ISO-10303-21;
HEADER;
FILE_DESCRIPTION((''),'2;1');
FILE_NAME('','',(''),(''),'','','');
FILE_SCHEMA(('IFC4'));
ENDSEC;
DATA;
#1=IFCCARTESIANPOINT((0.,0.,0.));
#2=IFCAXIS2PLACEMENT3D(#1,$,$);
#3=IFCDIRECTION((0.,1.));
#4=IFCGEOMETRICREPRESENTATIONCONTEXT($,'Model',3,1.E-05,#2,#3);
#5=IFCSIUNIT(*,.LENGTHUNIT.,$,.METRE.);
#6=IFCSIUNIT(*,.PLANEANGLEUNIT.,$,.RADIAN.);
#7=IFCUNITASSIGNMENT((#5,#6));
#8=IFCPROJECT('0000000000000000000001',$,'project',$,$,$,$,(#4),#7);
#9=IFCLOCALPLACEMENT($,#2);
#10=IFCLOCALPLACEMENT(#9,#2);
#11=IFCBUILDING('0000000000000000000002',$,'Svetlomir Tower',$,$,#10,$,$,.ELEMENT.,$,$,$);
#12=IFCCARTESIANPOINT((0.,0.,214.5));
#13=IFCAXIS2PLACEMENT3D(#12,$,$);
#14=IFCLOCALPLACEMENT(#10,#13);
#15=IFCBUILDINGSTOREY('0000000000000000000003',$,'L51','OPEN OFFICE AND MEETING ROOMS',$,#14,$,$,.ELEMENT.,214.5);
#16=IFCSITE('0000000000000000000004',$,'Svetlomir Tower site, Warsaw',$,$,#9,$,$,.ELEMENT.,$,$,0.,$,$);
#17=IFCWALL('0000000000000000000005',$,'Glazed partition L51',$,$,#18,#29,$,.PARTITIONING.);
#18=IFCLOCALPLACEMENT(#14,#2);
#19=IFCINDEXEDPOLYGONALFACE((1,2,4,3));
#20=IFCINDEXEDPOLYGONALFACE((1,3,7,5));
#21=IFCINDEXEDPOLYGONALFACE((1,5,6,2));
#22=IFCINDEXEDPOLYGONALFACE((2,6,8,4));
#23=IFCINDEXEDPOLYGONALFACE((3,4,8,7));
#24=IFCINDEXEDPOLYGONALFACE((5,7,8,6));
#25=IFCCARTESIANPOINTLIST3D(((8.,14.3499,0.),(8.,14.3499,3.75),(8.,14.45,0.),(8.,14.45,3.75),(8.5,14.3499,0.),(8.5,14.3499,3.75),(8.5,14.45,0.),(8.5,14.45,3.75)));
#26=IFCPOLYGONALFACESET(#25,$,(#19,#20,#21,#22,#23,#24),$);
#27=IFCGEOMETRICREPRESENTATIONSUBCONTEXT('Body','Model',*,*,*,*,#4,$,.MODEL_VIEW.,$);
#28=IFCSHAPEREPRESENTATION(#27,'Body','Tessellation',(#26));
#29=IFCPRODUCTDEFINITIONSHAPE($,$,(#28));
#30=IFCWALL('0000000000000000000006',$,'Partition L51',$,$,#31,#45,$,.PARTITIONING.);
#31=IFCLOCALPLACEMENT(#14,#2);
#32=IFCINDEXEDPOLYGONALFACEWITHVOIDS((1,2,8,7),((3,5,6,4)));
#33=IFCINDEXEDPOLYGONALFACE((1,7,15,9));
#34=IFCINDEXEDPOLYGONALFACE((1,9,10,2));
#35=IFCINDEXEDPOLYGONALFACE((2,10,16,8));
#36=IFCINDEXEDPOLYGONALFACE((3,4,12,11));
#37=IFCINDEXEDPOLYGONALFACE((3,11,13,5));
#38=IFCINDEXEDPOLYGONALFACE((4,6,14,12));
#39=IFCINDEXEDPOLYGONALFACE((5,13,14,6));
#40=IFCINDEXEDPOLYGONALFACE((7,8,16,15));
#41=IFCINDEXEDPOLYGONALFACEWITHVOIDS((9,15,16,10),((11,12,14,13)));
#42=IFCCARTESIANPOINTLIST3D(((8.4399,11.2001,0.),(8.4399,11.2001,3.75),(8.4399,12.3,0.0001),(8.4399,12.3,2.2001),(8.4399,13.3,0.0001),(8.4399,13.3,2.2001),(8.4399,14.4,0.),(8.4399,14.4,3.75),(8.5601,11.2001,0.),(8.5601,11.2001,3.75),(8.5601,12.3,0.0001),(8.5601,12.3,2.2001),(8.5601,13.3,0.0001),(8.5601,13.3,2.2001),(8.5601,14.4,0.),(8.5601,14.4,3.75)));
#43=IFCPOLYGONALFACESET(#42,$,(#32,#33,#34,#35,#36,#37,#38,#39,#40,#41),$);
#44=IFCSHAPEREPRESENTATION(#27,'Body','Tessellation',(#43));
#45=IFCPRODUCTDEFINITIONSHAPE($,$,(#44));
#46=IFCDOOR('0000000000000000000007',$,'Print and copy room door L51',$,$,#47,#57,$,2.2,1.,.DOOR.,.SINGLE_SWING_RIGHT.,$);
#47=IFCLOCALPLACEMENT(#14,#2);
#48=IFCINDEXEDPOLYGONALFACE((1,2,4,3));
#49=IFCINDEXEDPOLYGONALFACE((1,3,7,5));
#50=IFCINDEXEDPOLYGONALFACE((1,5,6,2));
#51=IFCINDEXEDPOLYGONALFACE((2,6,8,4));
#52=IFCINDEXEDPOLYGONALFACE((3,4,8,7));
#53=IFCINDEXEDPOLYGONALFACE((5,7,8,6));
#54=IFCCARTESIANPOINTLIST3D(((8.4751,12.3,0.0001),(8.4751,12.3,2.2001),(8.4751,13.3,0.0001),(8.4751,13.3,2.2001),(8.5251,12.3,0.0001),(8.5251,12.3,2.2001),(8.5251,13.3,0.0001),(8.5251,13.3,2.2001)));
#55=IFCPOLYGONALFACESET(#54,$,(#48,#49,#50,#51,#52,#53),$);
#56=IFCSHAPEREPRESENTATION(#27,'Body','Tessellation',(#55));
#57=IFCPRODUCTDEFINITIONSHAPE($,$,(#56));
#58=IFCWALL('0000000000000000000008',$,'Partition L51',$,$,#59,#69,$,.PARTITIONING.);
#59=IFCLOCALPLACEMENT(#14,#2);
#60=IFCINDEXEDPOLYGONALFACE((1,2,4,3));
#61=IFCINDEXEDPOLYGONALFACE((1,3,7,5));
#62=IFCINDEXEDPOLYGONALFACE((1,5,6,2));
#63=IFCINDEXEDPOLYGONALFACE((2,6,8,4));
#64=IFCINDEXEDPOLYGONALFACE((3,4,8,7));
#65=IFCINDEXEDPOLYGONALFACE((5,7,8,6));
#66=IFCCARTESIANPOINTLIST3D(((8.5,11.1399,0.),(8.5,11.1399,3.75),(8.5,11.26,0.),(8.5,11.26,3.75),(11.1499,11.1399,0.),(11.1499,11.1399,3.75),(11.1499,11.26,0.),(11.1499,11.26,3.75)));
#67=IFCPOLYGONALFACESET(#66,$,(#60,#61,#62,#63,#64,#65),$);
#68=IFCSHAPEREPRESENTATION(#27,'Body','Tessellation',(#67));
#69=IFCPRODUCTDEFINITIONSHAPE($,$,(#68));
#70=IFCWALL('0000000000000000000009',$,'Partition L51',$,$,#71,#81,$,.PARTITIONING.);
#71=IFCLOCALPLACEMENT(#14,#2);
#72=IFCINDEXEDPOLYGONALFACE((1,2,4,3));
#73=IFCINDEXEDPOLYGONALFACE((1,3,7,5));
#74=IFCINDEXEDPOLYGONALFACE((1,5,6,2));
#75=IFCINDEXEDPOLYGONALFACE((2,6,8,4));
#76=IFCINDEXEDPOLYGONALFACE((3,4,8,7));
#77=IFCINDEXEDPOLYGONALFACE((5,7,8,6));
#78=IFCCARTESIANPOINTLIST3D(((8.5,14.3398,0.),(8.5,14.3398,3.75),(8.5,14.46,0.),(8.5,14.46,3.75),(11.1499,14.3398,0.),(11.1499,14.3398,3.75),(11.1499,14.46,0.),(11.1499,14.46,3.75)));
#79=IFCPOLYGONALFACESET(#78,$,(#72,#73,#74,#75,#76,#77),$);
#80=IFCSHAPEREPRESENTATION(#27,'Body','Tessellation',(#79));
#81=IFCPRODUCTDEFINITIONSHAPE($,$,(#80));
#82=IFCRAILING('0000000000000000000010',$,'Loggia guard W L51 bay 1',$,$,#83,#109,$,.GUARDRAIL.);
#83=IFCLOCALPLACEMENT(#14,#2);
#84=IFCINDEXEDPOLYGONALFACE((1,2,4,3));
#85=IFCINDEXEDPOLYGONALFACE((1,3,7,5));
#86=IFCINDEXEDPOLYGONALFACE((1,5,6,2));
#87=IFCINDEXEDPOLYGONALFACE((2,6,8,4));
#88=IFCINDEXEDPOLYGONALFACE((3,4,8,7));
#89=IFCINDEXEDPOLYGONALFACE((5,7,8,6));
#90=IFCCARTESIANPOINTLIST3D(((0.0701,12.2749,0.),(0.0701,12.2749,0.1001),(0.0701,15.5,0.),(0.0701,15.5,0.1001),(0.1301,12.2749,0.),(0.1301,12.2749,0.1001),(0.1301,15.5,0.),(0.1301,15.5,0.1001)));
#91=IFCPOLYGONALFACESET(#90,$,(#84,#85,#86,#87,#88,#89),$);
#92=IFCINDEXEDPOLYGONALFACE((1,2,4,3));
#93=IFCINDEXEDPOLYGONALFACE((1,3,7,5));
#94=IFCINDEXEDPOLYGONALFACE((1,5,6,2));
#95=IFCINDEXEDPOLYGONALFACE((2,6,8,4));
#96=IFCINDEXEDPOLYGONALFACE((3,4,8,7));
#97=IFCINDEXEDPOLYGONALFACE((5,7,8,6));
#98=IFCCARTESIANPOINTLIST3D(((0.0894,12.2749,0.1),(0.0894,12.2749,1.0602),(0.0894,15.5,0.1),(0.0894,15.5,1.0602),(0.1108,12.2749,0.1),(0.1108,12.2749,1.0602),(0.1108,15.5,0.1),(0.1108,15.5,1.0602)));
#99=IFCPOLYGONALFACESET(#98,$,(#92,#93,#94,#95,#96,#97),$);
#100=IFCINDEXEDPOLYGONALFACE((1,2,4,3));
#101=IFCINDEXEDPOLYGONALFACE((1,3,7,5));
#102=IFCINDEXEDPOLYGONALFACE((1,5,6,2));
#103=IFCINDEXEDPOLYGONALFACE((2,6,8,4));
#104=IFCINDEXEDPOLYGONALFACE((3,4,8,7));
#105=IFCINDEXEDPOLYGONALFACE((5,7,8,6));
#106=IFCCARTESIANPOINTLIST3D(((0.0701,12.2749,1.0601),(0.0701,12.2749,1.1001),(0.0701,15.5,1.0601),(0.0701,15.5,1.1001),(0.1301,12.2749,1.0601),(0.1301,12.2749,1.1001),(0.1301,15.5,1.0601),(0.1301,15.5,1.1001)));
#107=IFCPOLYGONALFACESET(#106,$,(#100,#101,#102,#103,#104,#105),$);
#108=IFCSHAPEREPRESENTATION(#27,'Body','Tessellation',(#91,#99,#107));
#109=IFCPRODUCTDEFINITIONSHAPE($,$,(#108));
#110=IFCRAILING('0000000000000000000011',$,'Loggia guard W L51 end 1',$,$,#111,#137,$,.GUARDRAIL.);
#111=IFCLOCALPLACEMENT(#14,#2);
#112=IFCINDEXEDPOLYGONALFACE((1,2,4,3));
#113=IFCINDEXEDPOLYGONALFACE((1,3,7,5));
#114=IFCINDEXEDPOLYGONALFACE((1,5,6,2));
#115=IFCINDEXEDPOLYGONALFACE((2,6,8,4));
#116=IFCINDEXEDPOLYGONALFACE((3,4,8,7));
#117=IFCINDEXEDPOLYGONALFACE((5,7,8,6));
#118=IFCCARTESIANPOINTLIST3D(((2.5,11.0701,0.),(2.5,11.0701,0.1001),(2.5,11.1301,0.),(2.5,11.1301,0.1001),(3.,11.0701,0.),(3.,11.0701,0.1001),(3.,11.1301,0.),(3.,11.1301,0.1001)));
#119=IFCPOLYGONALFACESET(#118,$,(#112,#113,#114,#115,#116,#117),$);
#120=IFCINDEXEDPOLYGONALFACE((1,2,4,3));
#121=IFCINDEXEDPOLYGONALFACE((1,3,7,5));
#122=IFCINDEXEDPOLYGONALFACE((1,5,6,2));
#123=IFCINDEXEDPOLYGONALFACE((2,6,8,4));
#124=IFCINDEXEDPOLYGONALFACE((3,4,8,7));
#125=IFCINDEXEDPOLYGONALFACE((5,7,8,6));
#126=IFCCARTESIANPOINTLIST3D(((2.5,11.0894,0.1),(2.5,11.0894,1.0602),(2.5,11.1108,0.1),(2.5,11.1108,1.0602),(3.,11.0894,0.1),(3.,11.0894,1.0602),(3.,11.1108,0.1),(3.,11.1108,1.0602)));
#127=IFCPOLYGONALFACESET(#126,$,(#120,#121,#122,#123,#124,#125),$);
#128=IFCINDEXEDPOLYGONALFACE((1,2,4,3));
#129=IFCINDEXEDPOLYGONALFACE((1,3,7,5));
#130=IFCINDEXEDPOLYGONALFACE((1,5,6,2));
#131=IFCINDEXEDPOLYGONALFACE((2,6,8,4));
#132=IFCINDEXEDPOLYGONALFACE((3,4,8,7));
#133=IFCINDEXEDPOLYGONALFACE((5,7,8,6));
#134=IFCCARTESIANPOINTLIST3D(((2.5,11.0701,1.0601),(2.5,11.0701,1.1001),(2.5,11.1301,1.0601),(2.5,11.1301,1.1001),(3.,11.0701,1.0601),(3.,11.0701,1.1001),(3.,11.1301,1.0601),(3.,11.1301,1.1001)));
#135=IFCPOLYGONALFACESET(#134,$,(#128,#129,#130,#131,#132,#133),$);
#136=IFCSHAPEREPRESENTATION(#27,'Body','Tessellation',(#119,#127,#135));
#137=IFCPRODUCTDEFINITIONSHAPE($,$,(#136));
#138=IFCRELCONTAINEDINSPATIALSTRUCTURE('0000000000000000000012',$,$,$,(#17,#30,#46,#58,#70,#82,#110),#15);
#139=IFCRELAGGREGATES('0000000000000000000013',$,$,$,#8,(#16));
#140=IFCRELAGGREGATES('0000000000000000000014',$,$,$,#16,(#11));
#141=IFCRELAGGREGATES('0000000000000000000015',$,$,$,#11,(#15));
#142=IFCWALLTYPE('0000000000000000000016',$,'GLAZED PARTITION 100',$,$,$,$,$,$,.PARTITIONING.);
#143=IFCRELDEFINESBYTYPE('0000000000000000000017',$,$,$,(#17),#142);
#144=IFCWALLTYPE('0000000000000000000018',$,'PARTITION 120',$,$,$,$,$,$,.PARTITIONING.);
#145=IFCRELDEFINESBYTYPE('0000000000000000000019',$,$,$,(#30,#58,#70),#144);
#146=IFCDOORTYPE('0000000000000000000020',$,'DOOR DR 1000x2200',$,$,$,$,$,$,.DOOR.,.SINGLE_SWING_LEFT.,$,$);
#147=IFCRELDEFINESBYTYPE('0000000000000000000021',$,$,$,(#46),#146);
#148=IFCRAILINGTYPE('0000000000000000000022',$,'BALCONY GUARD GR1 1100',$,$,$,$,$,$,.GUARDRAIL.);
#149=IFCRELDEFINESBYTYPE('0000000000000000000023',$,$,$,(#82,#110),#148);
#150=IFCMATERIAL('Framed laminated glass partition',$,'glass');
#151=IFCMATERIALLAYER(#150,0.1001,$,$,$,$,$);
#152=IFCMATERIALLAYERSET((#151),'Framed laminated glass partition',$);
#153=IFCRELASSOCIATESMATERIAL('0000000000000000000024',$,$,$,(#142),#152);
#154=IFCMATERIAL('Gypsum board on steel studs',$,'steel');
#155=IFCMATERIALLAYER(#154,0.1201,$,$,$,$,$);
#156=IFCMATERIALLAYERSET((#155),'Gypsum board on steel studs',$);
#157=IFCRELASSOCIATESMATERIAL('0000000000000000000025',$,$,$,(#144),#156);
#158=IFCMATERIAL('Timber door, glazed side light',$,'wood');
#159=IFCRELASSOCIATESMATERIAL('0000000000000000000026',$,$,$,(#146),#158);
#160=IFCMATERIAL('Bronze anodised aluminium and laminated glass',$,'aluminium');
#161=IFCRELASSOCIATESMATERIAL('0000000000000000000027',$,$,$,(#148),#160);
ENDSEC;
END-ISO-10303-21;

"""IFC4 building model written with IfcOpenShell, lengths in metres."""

from ifc_helpers import new_model, si_unit, direction, frame, frame_2d, origin, origin_2d, place, context, subcontext, project, spatial, rectangle, extrude, material, layer, layer_set, type_object, element, fill, save


model = new_model("IFC4")

# Units and contexts
model_context = context("Model", 3, precision=1e-05, world=origin(), true_north=direction((0.0, 1.0)))
body_context = subcontext(model_context, "Body", "Model", "MODEL_VIEW")
ifc_project = project(units=[si_unit("LENGTHUNIT", "METRE"), si_unit("PLANEANGLEUNIT", "RADIAN")], contexts=[model_context])

# Site, building, storey
site_placement = place(None, origin())
site = spatial("IfcSite", under=ifc_project, at=site_placement, Name="Svetlomir Tower site, Warsaw", CompositionType="ELEMENT", RefElevation=0.0)
building_placement = place(site_placement, origin())
building = spatial("IfcBuilding", under=site, at=building_placement, Name="Svetlomir Tower", CompositionType="ELEMENT")
storey_placement = place(building_placement, frame((0.0, 0.0, 214.5)))
storey = spatial("IfcBuildingStorey", under=building, at=storey_placement, Name="L51", Description="OPEN OFFICE AND MEETING ROOMS", CompositionType="ELEMENT", Elevation=214.5)

# Shared definitions
ifc_material_1 = material(Name="Framed laminated glass partition", Category="glass")
ifc_layer_1 = layer(ifc_material_1, 0.1001)
ifc_layer_set_1 = layer_set([ifc_layer_1], Name="Framed laminated glass partition")
wall_type_1 = type_object("IfcWallType", Name="GLAZED PARTITION 100", PredefinedType="PARTITIONING", material=ifc_layer_set_1)

# Wall
wall_1_placement = place(storey_placement, frame((8.0, 14.3999, 0.0), z_axis=(0.0, 0.0, 1.0), x_axis=(1.0, 0.0, 0.0)))
element("IfcWall", 1, at=wall_1_placement, inside=storey, type_object=wall_type_1, Name="Glazed partition L51", PredefinedType="PARTITIONING", context=body_context, shape_type="SweptSolid", body=[
    extrude(rectangle(XDim=0.5, YDim=0.1001, at=frame_2d((0.25, 0.0))), origin(), (0.0, 0.0, 1.0), 3.75),
])

# Wall, opening, door
ifc_material_2 = material(Name="Gypsum board on steel studs", Category="steel")
ifc_layer_2 = layer(ifc_material_2, 0.1201)
ifc_layer_set_2 = layer_set([ifc_layer_2], Name="Gypsum board on steel studs")
wall_type_2 = type_object("IfcWallType", Name="PARTITION 120", PredefinedType="PARTITIONING", material=ifc_layer_set_2)
wall_2_placement = place(storey_placement, frame((8.5, 11.2, 0.0), z_axis=(0.0, 0.0, 1.0), x_axis=(0.0, 1.0, 0.0)))
wall_2 = element("IfcWall", 2, at=wall_2_placement, inside=storey, type_object=wall_type_2, Name="Partition L51", PredefinedType="PARTITIONING", context=body_context, shape_type="SweptSolid", body=[
    extrude(rectangle(XDim=3.2, YDim=0.1201, at=frame_2d((1.6001, 0.0))), origin(), (0.0, 0.0, 1.0), 3.75),
])
opening_1_placement = place(wall_2_placement, frame((1.1001, 0.0, 0.0)))
opening_1 = element("IfcOpeningElement", 3, at=opening_1_placement, cuts=wall_2, PredefinedType="OPENING", context=body_context, shape_type="SweptSolid", body=[
    extrude(rectangle(XDim=1.0, YDim=2.2, at=frame_2d((0.5, 1.1001))), frame((0.0, 0.0701, 0.0), z_axis=(0.0, -1.0, 0.0), x_axis=(1.0, 0.0, 0.0)), (0.0, 0.0, 1.0), 0.1401),
])
ifc_material_3 = material(Name="Timber door, glazed side light", Category="wood")
door_type_1 = type_object("IfcDoorType", Name="DOOR DR 1000x2200", OperationType="SINGLE_SWING_LEFT", PredefinedType="DOOR", material=ifc_material_3)
door_1_placement = place(opening_1_placement, origin())
door_1 = element("IfcDoor", 4, at=door_1_placement, inside=storey, type_object=door_type_1, Name="Print and copy room door L51", OperationType="SINGLE_SWING_RIGHT", OverallHeight=2.2, OverallWidth=1.0, PredefinedType="DOOR", context=body_context, shape_type="SweptSolid", body=[
    extrude(rectangle(XDim=1.0, YDim=2.2, at=frame_2d((0.5, 1.1001))), frame((0.0, 0.0249, 0.0), z_axis=(0.0, -1.0, 0.0), x_axis=(1.0, 0.0, 0.0)), (0.0, 0.0, 1.0), 0.05),
])
fill(opening_1, door_1)

# Walls
for number, where, z_axis, x_axis, name in (
    (5, (8.5, 11.2, 0.0), (0.0, 0.0, 1.0), (1.0, 0.0, 0.0), "Partition L51"),
    (6, (8.5, 14.3999, 0.0), (0.0, 0.0, 1.0), (1.0, 0.0, 0.0), "Partition L51"),
):
    element("IfcWall", number, at=place(storey_placement, frame(where, z_axis=z_axis, x_axis=x_axis)), inside=storey, type_object=wall_type_2, Name=name, PredefinedType="PARTITIONING", context=body_context, shape_type="SweptSolid", body=[
        extrude(rectangle(XDim=2.6499, YDim=0.1201, at=frame_2d((1.325, 0.0))), origin(), (0.0, 0.0, 1.0), 3.75),
    ])

# Railings
ifc_material_4 = material(Name="Bronze anodised aluminium and laminated glass", Category="aluminium")
railing_type = type_object("IfcRailingType", Name="BALCONY GUARD GR1 1100", PredefinedType="GUARDRAIL", material=ifc_material_4)
railing_1_placement = place(storey_placement, frame((0.1001, 12.2749, 0.0)))
element("IfcRailing", 7, at=railing_1_placement, inside=storey, type_object=railing_type, Name="Loggia guard W L51 bay 1", PredefinedType="GUARDRAIL", context=body_context, shape_type="SweptSolid", body=[
    extrude(rectangle(XDim=0.0601, YDim=0.1001, at=origin_2d()), frame((0.0, 0.0, 0.05), z_axis=(0.0, 1.0, 0.0), x_axis=(-1.0, 0.0, 0.0)), (0.0, 0.0, 1.0), 3.2251),
    extrude(rectangle(XDim=0.0215, YDim=0.9602, at=origin_2d()), frame((0.0, 0.0, 0.5801), z_axis=(0.0, 1.0, 0.0), x_axis=(-1.0, 0.0, 0.0)), (0.0, 0.0, 1.0), 3.2251),
    extrude(rectangle(XDim=0.0601, YDim=0.04, at=origin_2d()), frame((0.0, 0.0, 1.0801), z_axis=(0.0, 1.0, 0.0), x_axis=(-1.0, 0.0, 0.0)), (0.0, 0.0, 1.0), 3.2251),
])
railing_2_placement = place(storey_placement, frame((2.5, 11.1001, 0.0)))
element("IfcRailing", 8, at=railing_2_placement, inside=storey, type_object=railing_type, Name="Loggia guard W L51 end 1", PredefinedType="GUARDRAIL", context=body_context, shape_type="SweptSolid", body=[
    extrude(rectangle(XDim=0.0601, YDim=0.1001, at=origin_2d()), frame((0.0, 0.0, 0.05), z_axis=(1.0, 0.0, 0.0), x_axis=(0.0, 1.0, 0.0)), (0.0, 0.0, 1.0), 0.5),
    extrude(rectangle(XDim=0.0215, YDim=0.9602, at=origin_2d()), frame((0.0, 0.0, 0.5801), z_axis=(1.0, 0.0, 0.0), x_axis=(0.0, 1.0, 0.0)), (0.0, 0.0, 1.0), 0.5),
    extrude(rectangle(XDim=0.0601, YDim=0.04, at=origin_2d()), frame((0.0, 0.0, 1.0801), z_axis=(1.0, 0.0, 0.0), x_axis=(0.0, 1.0, 0.0)), (0.0, 0.0, 1.0), 0.5),
])

save(model, "model.ifc")
